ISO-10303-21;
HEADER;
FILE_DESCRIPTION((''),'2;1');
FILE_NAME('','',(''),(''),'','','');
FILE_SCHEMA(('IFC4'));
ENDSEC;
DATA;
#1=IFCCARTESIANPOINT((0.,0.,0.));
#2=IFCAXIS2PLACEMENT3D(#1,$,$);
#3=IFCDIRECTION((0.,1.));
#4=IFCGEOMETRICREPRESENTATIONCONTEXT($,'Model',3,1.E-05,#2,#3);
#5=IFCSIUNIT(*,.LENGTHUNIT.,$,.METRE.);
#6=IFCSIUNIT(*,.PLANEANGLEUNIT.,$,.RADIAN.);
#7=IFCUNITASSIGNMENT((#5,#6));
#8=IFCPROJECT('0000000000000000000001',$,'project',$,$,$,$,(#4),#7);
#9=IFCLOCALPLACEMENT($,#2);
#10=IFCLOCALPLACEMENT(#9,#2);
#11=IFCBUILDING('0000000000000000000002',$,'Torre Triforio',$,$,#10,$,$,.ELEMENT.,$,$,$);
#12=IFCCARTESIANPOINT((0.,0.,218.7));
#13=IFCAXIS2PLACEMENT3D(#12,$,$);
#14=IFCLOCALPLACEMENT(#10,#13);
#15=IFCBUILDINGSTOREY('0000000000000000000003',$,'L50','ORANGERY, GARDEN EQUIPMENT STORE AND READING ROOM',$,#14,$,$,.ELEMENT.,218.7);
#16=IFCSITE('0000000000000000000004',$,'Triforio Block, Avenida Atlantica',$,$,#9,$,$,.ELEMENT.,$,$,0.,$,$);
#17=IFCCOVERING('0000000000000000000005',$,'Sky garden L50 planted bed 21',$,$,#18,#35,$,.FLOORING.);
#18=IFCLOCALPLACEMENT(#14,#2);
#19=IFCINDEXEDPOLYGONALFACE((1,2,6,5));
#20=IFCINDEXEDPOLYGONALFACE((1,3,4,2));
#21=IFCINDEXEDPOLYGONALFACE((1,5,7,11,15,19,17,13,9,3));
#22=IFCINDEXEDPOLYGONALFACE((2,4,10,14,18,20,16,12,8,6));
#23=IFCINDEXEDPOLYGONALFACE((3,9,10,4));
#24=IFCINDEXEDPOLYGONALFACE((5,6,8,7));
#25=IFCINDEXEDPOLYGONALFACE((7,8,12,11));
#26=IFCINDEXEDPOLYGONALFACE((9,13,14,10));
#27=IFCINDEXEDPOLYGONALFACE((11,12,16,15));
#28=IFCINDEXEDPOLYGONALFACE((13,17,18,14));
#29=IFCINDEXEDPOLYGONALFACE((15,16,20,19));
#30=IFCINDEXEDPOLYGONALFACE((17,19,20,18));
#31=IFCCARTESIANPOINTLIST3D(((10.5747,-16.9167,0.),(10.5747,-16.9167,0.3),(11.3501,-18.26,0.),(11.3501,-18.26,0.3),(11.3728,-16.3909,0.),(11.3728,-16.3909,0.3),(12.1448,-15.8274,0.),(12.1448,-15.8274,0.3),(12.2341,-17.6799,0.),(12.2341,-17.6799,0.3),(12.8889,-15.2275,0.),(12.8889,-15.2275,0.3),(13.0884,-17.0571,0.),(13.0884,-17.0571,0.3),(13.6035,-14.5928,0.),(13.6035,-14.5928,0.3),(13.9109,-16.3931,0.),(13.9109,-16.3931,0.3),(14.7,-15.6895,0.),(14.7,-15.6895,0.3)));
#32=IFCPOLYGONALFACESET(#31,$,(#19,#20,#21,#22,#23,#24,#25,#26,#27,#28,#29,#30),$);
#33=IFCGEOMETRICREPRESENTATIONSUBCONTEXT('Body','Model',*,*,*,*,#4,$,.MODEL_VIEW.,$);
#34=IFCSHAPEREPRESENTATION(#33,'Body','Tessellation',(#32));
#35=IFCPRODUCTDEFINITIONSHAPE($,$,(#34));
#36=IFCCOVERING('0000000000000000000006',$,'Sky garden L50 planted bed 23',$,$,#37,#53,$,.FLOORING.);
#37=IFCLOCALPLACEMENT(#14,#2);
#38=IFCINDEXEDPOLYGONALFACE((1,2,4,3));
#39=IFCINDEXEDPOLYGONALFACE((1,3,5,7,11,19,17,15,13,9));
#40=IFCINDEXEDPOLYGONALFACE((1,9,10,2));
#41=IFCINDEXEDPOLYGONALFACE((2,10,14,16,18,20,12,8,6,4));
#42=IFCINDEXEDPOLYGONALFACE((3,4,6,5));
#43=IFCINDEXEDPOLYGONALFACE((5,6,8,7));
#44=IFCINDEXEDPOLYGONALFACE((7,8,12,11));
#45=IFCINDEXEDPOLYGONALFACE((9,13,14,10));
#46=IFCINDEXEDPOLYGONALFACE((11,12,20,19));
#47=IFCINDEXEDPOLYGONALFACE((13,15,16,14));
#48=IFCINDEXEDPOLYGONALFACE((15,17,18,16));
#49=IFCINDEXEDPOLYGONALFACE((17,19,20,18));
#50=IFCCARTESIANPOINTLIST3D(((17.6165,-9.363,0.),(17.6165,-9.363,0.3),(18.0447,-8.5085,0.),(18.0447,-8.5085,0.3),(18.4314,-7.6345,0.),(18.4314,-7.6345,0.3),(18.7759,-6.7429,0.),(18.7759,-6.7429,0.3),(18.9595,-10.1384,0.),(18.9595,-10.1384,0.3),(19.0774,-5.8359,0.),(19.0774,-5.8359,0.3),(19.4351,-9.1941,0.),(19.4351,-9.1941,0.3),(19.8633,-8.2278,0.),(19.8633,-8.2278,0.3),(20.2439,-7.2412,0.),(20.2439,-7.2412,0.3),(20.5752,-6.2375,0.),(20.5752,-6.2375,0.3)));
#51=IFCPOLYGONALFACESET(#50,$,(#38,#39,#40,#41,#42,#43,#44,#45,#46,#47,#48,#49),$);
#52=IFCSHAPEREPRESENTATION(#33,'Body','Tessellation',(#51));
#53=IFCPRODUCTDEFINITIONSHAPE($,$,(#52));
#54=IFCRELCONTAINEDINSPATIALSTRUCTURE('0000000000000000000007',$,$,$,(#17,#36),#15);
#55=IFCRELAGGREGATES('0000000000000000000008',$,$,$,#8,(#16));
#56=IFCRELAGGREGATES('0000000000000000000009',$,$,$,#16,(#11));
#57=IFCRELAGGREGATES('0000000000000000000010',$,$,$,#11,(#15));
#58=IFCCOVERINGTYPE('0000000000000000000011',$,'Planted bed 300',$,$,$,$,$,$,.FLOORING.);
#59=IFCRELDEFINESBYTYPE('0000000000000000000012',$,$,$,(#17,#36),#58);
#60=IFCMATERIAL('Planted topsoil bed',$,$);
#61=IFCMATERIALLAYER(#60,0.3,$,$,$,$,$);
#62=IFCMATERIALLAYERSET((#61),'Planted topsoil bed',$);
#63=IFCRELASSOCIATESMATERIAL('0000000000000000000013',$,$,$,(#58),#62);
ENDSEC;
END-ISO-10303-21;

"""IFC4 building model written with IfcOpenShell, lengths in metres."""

from ifc_helpers import new_model, si_unit, direction, frame, origin, place, context, subcontext, project, spatial, polyline, outline, extrude, material, layer, layer_set, type_object, element, save


model = new_model("IFC4")

# Units and contexts
model_context = context("Model", 3, precision=1e-05, world=origin(), true_north=direction((0.0, 1.0)))
body_context = subcontext(model_context, "Body", "Model", "MODEL_VIEW")
ifc_project = project(units=[si_unit("LENGTHUNIT", "METRE"), si_unit("PLANEANGLEUNIT", "RADIAN")], contexts=[model_context])

# Site, building, storey
site_placement = place(None, origin())
site = spatial("IfcSite", under=ifc_project, at=site_placement, Name="Triforio Block, Avenida Atlantica", CompositionType="ELEMENT", RefElevation=0.0)
building_placement = place(site_placement, origin())
building = spatial("IfcBuilding", under=site, at=building_placement, Name="Torre Triforio", CompositionType="ELEMENT")
storey_placement = place(building_placement, frame((0.0, 0.0, 218.7)))
storey = spatial("IfcBuildingStorey", under=building, at=storey_placement, Name="L50", Description="ORANGERY, GARDEN EQUIPMENT STORE AND READING ROOM", CompositionType="ELEMENT", Elevation=218.7)

# Coverings
ifc_material_1 = material(Name="Planted topsoil bed")
ifc_layer_1 = layer(ifc_material_1, 0.3)
ifc_layer_set_1 = layer_set([ifc_layer_1], Name="Planted topsoil bed")
covering_type = type_object("IfcCoveringType", Name="Planted bed 300", PredefinedType="FLOORING", material=ifc_layer_set_1)
covering_1_placement = place(storey_placement, origin())
element("IfcCovering", 1, at=covering_1_placement, inside=storey, type_object=covering_type, Name="Sky garden L50 planted bed 21", PredefinedType="FLOORING", context=body_context, shape_type="SweptSolid", body=[
    extrude(outline(polyline([(10.5747, -16.9167), (11.3728, -16.3909), (12.1448, -15.8274), (12.8889, -15.2275), (13.6035, -14.5928), (14.7, -15.6895), (13.9109, -16.3931), (13.0884, -17.0571), (12.2341, -17.6799), (11.3501, -18.26), (10.5747, -16.9167)])), origin(), (0.0, 0.0, 1.0), 0.3),
])
covering_2_placement = place(storey_placement, origin())
element("IfcCovering", 2, at=covering_2_placement, inside=storey, type_object=covering_type, Name="Sky garden L50 planted bed 23", PredefinedType="FLOORING", context=body_context, shape_type="SweptSolid", body=[
    extrude(outline(polyline([(17.6165, -9.363), (18.0447, -8.5085), (18.4314, -7.6345), (18.7759, -6.7429), (19.0774, -5.8359), (20.5752, -6.2375), (20.2439, -7.2412), (19.8633, -8.2278), (19.4351, -9.1941), (18.9595, -10.1384), (17.6165, -9.363)])), origin(), (0.0, 0.0, 1.0), 0.3),
])

save(model, "model.ifc")
